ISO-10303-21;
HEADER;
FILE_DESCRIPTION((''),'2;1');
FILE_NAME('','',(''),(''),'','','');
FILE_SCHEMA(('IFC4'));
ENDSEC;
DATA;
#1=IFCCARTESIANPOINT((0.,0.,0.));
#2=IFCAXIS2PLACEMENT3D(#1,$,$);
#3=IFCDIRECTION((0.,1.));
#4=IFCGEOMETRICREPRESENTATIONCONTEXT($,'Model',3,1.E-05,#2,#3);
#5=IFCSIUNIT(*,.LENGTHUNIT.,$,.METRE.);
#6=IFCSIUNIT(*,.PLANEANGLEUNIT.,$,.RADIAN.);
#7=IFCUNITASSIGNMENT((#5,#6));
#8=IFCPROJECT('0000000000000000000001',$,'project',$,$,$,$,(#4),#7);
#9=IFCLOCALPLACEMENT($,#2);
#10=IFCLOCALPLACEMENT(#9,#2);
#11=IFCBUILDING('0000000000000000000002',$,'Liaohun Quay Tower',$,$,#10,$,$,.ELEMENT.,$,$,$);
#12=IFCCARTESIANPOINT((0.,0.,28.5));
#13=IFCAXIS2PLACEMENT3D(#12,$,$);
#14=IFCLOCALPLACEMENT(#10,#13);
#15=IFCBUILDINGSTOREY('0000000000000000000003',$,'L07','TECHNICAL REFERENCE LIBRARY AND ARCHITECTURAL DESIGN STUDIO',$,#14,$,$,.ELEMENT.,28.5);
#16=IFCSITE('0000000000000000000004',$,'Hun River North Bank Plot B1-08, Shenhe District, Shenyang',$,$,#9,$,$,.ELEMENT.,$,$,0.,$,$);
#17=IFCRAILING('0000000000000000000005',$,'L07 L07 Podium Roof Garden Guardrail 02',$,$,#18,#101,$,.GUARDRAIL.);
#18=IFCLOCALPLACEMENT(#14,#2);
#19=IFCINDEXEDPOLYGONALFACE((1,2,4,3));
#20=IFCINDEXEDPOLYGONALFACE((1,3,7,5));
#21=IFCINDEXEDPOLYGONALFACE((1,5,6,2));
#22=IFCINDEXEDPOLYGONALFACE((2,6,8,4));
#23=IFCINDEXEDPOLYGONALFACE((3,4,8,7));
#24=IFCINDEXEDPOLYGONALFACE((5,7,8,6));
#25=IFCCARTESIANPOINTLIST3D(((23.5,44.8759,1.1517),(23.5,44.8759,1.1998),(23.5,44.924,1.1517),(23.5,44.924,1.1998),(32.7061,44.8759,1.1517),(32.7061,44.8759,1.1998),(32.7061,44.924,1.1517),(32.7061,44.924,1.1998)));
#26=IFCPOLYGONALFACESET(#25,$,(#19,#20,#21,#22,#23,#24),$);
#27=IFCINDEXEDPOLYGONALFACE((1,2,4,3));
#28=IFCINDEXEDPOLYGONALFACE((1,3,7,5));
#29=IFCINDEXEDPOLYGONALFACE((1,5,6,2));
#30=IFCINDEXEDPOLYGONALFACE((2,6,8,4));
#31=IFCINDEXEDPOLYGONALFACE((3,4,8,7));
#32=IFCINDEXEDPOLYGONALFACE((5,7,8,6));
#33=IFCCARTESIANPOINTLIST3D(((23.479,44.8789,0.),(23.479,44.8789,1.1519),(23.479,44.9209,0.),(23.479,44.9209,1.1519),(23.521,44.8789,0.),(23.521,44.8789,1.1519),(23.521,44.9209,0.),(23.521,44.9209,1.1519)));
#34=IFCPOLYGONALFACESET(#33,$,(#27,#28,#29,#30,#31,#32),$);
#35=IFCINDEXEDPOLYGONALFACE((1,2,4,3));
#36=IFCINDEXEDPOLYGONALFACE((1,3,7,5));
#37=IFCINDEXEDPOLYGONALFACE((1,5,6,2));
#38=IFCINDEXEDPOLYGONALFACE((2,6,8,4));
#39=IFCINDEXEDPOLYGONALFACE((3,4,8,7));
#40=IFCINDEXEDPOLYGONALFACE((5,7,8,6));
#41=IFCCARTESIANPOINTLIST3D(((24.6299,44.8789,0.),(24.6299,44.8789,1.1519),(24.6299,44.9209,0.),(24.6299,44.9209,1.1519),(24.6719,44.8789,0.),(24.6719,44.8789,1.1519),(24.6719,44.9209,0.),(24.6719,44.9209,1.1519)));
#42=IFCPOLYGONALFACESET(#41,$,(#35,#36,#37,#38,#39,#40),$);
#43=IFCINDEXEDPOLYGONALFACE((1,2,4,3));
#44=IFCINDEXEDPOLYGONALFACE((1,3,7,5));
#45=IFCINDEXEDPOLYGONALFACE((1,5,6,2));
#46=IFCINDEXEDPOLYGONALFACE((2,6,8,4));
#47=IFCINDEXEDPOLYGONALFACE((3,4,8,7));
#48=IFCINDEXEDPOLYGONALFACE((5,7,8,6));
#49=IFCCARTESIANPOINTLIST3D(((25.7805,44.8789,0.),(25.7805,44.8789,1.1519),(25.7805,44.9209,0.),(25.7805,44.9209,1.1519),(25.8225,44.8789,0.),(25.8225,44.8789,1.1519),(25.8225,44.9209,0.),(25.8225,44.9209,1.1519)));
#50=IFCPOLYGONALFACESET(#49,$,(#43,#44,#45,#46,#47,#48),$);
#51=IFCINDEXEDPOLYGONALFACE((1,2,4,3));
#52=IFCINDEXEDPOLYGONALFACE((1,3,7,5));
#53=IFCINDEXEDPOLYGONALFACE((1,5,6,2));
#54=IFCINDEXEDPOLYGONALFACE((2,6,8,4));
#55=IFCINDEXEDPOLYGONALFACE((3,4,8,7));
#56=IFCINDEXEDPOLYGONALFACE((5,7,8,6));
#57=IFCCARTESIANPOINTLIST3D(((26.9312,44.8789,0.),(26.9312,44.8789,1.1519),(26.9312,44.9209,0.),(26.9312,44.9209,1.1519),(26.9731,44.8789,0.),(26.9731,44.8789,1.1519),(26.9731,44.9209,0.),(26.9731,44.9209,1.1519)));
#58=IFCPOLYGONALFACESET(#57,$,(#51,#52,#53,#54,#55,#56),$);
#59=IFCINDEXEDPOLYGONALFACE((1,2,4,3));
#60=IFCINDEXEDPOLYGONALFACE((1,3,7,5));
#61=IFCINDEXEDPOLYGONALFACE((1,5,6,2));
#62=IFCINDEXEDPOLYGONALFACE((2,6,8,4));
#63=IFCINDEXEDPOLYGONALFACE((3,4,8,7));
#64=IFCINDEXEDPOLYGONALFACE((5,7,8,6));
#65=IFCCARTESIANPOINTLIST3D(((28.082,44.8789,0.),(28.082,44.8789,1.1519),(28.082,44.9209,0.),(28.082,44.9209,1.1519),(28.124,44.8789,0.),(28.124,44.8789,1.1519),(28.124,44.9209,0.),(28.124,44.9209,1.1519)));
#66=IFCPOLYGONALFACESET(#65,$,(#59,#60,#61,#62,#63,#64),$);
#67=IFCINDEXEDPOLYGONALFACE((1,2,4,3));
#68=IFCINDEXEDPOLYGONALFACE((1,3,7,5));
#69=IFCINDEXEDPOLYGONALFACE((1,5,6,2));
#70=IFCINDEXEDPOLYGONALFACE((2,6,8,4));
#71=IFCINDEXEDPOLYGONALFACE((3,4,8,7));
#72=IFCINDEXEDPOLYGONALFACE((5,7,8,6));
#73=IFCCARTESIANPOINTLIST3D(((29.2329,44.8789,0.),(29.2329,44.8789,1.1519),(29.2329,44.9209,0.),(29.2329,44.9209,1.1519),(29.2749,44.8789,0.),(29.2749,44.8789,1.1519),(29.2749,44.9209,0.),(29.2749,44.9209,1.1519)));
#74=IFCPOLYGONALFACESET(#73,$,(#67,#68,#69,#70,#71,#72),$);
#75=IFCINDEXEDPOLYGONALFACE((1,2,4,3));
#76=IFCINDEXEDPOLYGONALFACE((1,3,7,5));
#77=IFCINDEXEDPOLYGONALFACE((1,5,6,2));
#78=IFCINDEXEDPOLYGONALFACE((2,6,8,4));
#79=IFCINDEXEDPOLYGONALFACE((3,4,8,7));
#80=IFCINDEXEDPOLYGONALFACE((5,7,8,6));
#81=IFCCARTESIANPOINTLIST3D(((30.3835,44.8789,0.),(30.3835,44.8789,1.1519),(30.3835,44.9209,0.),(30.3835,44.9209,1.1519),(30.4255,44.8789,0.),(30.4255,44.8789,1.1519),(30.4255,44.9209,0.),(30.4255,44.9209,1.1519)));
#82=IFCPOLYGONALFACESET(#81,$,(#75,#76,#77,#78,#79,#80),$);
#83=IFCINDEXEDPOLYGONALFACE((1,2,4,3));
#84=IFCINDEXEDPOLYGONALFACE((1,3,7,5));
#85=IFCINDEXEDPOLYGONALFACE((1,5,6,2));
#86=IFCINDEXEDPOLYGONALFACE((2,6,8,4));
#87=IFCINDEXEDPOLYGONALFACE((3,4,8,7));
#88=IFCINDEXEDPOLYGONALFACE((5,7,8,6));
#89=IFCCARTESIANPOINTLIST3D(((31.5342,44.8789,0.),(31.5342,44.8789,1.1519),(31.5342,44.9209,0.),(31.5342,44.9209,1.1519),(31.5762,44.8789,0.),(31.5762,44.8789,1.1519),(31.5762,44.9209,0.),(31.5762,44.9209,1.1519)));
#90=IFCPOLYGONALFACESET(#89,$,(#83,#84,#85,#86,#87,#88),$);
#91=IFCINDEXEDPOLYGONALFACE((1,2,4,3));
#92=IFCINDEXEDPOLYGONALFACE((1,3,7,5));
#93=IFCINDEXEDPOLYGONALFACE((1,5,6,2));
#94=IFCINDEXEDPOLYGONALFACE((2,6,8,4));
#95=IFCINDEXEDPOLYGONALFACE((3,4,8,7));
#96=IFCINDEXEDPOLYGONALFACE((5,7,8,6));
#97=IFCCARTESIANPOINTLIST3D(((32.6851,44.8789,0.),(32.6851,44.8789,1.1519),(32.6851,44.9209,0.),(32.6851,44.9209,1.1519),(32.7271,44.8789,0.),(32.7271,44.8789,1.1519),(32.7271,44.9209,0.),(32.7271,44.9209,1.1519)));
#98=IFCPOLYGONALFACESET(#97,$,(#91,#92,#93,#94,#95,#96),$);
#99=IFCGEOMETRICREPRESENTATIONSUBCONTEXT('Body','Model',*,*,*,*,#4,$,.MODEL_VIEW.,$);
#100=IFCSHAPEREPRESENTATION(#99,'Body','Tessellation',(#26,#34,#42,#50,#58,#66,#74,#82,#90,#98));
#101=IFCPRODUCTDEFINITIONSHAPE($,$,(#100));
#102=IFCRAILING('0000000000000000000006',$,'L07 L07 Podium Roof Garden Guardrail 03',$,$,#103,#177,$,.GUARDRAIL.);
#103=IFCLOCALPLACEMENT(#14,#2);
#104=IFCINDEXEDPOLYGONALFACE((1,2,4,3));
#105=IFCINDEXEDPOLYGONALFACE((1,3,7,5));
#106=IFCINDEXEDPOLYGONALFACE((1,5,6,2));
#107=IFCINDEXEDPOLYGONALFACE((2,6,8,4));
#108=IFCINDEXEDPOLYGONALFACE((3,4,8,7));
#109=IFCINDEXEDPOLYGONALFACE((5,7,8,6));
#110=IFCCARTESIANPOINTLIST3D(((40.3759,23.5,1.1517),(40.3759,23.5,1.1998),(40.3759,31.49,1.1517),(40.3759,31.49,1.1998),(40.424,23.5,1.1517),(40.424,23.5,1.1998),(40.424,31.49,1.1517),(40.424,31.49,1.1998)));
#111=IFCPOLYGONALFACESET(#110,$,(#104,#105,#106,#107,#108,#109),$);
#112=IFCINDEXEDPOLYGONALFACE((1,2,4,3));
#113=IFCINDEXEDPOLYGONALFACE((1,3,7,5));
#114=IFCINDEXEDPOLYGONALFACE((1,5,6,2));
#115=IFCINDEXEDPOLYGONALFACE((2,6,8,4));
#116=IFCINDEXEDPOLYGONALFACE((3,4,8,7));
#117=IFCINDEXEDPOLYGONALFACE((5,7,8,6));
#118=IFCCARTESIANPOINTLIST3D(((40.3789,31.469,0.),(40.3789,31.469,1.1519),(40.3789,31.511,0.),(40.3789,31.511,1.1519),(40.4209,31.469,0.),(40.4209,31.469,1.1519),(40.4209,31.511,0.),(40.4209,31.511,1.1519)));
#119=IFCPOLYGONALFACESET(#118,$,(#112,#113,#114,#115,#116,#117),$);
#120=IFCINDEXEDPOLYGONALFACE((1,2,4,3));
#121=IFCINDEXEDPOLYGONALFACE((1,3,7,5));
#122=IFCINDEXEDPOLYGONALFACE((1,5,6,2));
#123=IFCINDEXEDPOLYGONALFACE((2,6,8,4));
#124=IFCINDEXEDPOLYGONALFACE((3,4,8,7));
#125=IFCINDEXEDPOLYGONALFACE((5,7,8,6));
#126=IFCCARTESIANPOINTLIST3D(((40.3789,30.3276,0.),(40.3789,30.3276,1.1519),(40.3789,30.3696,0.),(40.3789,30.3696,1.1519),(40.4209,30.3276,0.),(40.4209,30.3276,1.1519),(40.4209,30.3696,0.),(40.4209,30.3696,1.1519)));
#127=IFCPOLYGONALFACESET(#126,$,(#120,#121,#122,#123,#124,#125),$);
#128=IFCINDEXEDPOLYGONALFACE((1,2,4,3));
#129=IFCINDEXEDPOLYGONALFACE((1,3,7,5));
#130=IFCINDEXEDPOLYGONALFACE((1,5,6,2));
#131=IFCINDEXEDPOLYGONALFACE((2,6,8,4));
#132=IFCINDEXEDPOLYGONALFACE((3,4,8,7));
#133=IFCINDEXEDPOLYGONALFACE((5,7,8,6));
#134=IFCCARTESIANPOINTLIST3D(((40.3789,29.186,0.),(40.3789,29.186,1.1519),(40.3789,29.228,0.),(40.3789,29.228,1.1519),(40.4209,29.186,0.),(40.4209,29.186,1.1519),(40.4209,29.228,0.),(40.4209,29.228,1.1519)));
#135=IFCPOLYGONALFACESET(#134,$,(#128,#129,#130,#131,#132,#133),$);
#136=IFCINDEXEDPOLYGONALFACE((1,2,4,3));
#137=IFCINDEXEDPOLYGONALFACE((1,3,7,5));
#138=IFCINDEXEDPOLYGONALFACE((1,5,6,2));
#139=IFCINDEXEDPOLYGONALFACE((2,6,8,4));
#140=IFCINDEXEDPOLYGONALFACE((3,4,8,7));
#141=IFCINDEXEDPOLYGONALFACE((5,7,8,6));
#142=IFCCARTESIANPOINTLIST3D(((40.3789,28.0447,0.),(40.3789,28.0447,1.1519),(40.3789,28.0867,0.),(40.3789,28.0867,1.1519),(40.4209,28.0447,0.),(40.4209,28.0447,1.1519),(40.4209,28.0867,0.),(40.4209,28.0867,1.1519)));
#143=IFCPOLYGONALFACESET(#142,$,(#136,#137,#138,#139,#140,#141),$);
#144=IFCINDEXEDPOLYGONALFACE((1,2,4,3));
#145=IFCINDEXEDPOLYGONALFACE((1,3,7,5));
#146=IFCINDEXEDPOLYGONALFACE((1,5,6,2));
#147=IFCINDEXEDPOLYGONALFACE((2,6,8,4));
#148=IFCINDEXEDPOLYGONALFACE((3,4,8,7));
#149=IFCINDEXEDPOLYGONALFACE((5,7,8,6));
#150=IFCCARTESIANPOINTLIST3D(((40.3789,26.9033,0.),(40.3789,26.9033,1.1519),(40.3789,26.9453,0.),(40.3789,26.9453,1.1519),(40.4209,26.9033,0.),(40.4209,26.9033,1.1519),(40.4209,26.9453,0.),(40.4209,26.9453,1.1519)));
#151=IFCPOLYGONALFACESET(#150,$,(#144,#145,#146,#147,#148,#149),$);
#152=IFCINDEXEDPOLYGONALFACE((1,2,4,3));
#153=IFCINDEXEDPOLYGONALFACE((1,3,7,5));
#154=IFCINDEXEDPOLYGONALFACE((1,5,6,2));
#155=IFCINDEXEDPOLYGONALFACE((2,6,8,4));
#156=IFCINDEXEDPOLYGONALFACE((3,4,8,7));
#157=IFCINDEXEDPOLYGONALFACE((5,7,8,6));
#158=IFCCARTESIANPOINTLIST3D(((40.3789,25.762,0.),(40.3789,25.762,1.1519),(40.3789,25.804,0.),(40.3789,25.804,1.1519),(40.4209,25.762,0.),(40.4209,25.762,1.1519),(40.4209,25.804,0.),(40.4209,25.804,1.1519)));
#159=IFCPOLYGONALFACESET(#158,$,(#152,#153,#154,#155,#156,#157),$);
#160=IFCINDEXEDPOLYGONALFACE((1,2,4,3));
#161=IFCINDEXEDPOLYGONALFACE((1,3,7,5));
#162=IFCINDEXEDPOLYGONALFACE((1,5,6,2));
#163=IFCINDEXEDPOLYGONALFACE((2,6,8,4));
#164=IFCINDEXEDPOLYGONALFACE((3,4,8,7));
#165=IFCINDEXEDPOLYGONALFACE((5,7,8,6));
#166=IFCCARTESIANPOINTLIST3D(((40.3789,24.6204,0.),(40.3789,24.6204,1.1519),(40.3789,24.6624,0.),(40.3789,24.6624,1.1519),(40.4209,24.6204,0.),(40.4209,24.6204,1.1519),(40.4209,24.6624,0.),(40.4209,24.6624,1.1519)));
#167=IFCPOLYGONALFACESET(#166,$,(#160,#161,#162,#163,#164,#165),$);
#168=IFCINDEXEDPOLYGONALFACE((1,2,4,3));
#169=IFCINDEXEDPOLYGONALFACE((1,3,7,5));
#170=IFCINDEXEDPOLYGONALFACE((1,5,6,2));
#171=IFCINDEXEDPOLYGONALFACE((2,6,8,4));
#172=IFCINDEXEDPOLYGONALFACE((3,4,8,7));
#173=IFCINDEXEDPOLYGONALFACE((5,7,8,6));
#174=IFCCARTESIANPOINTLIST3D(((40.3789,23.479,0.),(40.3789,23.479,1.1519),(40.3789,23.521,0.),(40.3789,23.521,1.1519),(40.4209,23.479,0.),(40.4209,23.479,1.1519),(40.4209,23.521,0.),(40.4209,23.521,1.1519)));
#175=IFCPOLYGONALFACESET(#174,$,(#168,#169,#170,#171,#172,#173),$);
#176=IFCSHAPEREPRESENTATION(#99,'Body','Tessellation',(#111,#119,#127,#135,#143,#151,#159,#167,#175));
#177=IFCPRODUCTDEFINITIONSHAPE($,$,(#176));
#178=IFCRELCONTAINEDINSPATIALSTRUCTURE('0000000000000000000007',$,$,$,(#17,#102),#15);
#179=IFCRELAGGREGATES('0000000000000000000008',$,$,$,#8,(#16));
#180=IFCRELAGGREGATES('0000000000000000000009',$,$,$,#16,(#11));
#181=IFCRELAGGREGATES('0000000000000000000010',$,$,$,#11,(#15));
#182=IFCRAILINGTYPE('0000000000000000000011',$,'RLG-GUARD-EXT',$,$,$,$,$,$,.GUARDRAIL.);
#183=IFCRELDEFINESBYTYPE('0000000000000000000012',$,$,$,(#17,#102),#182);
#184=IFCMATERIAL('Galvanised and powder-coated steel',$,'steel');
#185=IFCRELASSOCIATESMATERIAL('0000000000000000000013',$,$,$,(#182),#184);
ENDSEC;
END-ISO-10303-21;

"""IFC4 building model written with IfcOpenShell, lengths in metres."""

from ifc_helpers import new_model, si_unit, direction, frame, origin, origin_2d, place, context, subcontext, project, spatial, rectangle, extrude, material, type_object, element, save


model = new_model("IFC4")

# Units and contexts
model_context = context("Model", 3, precision=1e-05, world=origin(), true_north=direction((0.0, 1.0)))
body_context = subcontext(model_context, "Body", "Model", "MODEL_VIEW")
ifc_project = project(units=[si_unit("LENGTHUNIT", "METRE"), si_unit("PLANEANGLEUNIT", "RADIAN")], contexts=[model_context])

# Site, building, storey
site_placement = place(None, origin())
site = spatial("IfcSite", under=ifc_project, at=site_placement, Name="Hun River North Bank Plot B1-08, Shenhe District, Shenyang", CompositionType="ELEMENT", RefElevation=0.0)
building_placement = place(site_placement, origin())
building = spatial("IfcBuilding", under=site, at=building_placement, Name="Liaohun Quay Tower", CompositionType="ELEMENT")
storey_placement = place(building_placement, frame((0.0, 0.0, 28.5)))
storey = spatial("IfcBuildingStorey", under=building, at=storey_placement, Name="L07", Description="TECHNICAL REFERENCE LIBRARY AND ARCHITECTURAL DESIGN STUDIO", CompositionType="ELEMENT", Elevation=28.5)

# Railings
ifc_material_1 = material(Name="Galvanised and powder-coated steel", Category="steel")
railing_type = type_object("IfcRailingType", Name="RLG-GUARD-EXT", PredefinedType="GUARDRAIL", material=ifc_material_1)
railing_1_placement = place(storey_placement, frame((23.5, 44.8999, 0.0)))
element("IfcRailing", 1, at=railing_1_placement, inside=storey, type_object=railing_type, Name="L07 L07 Podium Roof Garden Guardrail 02", PredefinedType="GUARDRAIL", context=body_context, shape_type="SweptSolid", body=[
    extrude(rectangle(XDim=0.0481, YDim=0.0481, at=origin_2d()), frame((0.0, 0.0, 1.1758), z_axis=(1.0, 0.0, 0.0), x_axis=(0.0, 1.0, 0.0)), (0.0, 0.0, 1.0), 9.2061),
    extrude(rectangle(XDim=0.042, YDim=0.042, at=origin_2d()), origin(), (0.0, 0.0, 1.0), 1.1519),
    extrude(rectangle(XDim=0.042, YDim=0.042, at=origin_2d()), frame((1.1509, 0.0, 0.0)), (0.0, 0.0, 1.0), 1.1519),
    extrude(rectangle(XDim=0.042, YDim=0.042, at=origin_2d()), frame((2.3015, 0.0, 0.0)), (0.0, 0.0, 1.0), 1.1519),
    extrude(rectangle(XDim=0.042, YDim=0.042, at=origin_2d()), frame((3.4521, 0.0, 0.0)), (0.0, 0.0, 1.0), 1.1519),
    extrude(rectangle(XDim=0.042, YDim=0.042, at=origin_2d()), frame((4.603, 0.0, 0.0)), (0.0, 0.0, 1.0), 1.1519),
    extrude(rectangle(XDim=0.042, YDim=0.042, at=origin_2d()), frame((5.7539, 0.0, 0.0)), (0.0, 0.0, 1.0), 1.1519),
    extrude(rectangle(XDim=0.042, YDim=0.042, at=origin_2d()), frame((6.9045, 0.0, 0.0)), (0.0, 0.0, 1.0), 1.1519),
    extrude(rectangle(XDim=0.042, YDim=0.042, at=origin_2d()), frame((8.0552, 0.0, 0.0)), (0.0, 0.0, 1.0), 1.1519),
    extrude(rectangle(XDim=0.042, YDim=0.042, at=origin_2d()), frame((9.2061, 0.0, 0.0)), (0.0, 0.0, 1.0), 1.1519),
])
railing_2_placement = place(storey_placement, frame((40.3999, 31.49, 0.0)))
element("IfcRailing", 2, at=railing_2_placement, inside=storey, type_object=railing_type, Name="L07 L07 Podium Roof Garden Guardrail 03", PredefinedType="GUARDRAIL", context=body_context, shape_type="SweptSolid", body=[
    extrude(rectangle(XDim=0.0481, YDim=0.0481, at=origin_2d()), frame((0.0, 0.0, 1.1758), z_axis=(0.0, -1.0, 0.0), x_axis=(1.0, 0.0, 0.0)), (0.0, 0.0, 1.0), 7.99),
    extrude(rectangle(XDim=0.042, YDim=0.042, at=origin_2d()), origin(), (0.0, 0.0, 1.0), 1.1519),
    extrude(rectangle(XDim=0.042, YDim=0.042, at=origin_2d()), frame((0.0, -1.1414, 0.0)), (0.0, 0.0, 1.0), 1.1519),
    extrude(rectangle(XDim=0.042, YDim=0.042, at=origin_2d()), frame((0.0, -2.283, 0.0)), (0.0, 0.0, 1.0), 1.1519),
    extrude(rectangle(XDim=0.042, YDim=0.042, at=origin_2d()), frame((0.0, -3.4243, 0.0)), (0.0, 0.0, 1.0), 1.1519),
    extrude(rectangle(XDim=0.042, YDim=0.042, at=origin_2d()), frame((0.0, -4.5657, 0.0)), (0.0, 0.0, 1.0), 1.1519),
    extrude(rectangle(XDim=0.042, YDim=0.042, at=origin_2d()), frame((0.0, -5.707, 0.0)), (0.0, 0.0, 1.0), 1.1519),
    extrude(rectangle(XDim=0.042, YDim=0.042, at=origin_2d()), frame((0.0, -6.8486, 0.0)), (0.0, 0.0, 1.0), 1.1519),
    extrude(rectangle(XDim=0.042, YDim=0.042, at=origin_2d()), frame((0.0, -7.99, 0.0)), (0.0, 0.0, 1.0), 1.1519),
])

save(model, "model.ifc")
